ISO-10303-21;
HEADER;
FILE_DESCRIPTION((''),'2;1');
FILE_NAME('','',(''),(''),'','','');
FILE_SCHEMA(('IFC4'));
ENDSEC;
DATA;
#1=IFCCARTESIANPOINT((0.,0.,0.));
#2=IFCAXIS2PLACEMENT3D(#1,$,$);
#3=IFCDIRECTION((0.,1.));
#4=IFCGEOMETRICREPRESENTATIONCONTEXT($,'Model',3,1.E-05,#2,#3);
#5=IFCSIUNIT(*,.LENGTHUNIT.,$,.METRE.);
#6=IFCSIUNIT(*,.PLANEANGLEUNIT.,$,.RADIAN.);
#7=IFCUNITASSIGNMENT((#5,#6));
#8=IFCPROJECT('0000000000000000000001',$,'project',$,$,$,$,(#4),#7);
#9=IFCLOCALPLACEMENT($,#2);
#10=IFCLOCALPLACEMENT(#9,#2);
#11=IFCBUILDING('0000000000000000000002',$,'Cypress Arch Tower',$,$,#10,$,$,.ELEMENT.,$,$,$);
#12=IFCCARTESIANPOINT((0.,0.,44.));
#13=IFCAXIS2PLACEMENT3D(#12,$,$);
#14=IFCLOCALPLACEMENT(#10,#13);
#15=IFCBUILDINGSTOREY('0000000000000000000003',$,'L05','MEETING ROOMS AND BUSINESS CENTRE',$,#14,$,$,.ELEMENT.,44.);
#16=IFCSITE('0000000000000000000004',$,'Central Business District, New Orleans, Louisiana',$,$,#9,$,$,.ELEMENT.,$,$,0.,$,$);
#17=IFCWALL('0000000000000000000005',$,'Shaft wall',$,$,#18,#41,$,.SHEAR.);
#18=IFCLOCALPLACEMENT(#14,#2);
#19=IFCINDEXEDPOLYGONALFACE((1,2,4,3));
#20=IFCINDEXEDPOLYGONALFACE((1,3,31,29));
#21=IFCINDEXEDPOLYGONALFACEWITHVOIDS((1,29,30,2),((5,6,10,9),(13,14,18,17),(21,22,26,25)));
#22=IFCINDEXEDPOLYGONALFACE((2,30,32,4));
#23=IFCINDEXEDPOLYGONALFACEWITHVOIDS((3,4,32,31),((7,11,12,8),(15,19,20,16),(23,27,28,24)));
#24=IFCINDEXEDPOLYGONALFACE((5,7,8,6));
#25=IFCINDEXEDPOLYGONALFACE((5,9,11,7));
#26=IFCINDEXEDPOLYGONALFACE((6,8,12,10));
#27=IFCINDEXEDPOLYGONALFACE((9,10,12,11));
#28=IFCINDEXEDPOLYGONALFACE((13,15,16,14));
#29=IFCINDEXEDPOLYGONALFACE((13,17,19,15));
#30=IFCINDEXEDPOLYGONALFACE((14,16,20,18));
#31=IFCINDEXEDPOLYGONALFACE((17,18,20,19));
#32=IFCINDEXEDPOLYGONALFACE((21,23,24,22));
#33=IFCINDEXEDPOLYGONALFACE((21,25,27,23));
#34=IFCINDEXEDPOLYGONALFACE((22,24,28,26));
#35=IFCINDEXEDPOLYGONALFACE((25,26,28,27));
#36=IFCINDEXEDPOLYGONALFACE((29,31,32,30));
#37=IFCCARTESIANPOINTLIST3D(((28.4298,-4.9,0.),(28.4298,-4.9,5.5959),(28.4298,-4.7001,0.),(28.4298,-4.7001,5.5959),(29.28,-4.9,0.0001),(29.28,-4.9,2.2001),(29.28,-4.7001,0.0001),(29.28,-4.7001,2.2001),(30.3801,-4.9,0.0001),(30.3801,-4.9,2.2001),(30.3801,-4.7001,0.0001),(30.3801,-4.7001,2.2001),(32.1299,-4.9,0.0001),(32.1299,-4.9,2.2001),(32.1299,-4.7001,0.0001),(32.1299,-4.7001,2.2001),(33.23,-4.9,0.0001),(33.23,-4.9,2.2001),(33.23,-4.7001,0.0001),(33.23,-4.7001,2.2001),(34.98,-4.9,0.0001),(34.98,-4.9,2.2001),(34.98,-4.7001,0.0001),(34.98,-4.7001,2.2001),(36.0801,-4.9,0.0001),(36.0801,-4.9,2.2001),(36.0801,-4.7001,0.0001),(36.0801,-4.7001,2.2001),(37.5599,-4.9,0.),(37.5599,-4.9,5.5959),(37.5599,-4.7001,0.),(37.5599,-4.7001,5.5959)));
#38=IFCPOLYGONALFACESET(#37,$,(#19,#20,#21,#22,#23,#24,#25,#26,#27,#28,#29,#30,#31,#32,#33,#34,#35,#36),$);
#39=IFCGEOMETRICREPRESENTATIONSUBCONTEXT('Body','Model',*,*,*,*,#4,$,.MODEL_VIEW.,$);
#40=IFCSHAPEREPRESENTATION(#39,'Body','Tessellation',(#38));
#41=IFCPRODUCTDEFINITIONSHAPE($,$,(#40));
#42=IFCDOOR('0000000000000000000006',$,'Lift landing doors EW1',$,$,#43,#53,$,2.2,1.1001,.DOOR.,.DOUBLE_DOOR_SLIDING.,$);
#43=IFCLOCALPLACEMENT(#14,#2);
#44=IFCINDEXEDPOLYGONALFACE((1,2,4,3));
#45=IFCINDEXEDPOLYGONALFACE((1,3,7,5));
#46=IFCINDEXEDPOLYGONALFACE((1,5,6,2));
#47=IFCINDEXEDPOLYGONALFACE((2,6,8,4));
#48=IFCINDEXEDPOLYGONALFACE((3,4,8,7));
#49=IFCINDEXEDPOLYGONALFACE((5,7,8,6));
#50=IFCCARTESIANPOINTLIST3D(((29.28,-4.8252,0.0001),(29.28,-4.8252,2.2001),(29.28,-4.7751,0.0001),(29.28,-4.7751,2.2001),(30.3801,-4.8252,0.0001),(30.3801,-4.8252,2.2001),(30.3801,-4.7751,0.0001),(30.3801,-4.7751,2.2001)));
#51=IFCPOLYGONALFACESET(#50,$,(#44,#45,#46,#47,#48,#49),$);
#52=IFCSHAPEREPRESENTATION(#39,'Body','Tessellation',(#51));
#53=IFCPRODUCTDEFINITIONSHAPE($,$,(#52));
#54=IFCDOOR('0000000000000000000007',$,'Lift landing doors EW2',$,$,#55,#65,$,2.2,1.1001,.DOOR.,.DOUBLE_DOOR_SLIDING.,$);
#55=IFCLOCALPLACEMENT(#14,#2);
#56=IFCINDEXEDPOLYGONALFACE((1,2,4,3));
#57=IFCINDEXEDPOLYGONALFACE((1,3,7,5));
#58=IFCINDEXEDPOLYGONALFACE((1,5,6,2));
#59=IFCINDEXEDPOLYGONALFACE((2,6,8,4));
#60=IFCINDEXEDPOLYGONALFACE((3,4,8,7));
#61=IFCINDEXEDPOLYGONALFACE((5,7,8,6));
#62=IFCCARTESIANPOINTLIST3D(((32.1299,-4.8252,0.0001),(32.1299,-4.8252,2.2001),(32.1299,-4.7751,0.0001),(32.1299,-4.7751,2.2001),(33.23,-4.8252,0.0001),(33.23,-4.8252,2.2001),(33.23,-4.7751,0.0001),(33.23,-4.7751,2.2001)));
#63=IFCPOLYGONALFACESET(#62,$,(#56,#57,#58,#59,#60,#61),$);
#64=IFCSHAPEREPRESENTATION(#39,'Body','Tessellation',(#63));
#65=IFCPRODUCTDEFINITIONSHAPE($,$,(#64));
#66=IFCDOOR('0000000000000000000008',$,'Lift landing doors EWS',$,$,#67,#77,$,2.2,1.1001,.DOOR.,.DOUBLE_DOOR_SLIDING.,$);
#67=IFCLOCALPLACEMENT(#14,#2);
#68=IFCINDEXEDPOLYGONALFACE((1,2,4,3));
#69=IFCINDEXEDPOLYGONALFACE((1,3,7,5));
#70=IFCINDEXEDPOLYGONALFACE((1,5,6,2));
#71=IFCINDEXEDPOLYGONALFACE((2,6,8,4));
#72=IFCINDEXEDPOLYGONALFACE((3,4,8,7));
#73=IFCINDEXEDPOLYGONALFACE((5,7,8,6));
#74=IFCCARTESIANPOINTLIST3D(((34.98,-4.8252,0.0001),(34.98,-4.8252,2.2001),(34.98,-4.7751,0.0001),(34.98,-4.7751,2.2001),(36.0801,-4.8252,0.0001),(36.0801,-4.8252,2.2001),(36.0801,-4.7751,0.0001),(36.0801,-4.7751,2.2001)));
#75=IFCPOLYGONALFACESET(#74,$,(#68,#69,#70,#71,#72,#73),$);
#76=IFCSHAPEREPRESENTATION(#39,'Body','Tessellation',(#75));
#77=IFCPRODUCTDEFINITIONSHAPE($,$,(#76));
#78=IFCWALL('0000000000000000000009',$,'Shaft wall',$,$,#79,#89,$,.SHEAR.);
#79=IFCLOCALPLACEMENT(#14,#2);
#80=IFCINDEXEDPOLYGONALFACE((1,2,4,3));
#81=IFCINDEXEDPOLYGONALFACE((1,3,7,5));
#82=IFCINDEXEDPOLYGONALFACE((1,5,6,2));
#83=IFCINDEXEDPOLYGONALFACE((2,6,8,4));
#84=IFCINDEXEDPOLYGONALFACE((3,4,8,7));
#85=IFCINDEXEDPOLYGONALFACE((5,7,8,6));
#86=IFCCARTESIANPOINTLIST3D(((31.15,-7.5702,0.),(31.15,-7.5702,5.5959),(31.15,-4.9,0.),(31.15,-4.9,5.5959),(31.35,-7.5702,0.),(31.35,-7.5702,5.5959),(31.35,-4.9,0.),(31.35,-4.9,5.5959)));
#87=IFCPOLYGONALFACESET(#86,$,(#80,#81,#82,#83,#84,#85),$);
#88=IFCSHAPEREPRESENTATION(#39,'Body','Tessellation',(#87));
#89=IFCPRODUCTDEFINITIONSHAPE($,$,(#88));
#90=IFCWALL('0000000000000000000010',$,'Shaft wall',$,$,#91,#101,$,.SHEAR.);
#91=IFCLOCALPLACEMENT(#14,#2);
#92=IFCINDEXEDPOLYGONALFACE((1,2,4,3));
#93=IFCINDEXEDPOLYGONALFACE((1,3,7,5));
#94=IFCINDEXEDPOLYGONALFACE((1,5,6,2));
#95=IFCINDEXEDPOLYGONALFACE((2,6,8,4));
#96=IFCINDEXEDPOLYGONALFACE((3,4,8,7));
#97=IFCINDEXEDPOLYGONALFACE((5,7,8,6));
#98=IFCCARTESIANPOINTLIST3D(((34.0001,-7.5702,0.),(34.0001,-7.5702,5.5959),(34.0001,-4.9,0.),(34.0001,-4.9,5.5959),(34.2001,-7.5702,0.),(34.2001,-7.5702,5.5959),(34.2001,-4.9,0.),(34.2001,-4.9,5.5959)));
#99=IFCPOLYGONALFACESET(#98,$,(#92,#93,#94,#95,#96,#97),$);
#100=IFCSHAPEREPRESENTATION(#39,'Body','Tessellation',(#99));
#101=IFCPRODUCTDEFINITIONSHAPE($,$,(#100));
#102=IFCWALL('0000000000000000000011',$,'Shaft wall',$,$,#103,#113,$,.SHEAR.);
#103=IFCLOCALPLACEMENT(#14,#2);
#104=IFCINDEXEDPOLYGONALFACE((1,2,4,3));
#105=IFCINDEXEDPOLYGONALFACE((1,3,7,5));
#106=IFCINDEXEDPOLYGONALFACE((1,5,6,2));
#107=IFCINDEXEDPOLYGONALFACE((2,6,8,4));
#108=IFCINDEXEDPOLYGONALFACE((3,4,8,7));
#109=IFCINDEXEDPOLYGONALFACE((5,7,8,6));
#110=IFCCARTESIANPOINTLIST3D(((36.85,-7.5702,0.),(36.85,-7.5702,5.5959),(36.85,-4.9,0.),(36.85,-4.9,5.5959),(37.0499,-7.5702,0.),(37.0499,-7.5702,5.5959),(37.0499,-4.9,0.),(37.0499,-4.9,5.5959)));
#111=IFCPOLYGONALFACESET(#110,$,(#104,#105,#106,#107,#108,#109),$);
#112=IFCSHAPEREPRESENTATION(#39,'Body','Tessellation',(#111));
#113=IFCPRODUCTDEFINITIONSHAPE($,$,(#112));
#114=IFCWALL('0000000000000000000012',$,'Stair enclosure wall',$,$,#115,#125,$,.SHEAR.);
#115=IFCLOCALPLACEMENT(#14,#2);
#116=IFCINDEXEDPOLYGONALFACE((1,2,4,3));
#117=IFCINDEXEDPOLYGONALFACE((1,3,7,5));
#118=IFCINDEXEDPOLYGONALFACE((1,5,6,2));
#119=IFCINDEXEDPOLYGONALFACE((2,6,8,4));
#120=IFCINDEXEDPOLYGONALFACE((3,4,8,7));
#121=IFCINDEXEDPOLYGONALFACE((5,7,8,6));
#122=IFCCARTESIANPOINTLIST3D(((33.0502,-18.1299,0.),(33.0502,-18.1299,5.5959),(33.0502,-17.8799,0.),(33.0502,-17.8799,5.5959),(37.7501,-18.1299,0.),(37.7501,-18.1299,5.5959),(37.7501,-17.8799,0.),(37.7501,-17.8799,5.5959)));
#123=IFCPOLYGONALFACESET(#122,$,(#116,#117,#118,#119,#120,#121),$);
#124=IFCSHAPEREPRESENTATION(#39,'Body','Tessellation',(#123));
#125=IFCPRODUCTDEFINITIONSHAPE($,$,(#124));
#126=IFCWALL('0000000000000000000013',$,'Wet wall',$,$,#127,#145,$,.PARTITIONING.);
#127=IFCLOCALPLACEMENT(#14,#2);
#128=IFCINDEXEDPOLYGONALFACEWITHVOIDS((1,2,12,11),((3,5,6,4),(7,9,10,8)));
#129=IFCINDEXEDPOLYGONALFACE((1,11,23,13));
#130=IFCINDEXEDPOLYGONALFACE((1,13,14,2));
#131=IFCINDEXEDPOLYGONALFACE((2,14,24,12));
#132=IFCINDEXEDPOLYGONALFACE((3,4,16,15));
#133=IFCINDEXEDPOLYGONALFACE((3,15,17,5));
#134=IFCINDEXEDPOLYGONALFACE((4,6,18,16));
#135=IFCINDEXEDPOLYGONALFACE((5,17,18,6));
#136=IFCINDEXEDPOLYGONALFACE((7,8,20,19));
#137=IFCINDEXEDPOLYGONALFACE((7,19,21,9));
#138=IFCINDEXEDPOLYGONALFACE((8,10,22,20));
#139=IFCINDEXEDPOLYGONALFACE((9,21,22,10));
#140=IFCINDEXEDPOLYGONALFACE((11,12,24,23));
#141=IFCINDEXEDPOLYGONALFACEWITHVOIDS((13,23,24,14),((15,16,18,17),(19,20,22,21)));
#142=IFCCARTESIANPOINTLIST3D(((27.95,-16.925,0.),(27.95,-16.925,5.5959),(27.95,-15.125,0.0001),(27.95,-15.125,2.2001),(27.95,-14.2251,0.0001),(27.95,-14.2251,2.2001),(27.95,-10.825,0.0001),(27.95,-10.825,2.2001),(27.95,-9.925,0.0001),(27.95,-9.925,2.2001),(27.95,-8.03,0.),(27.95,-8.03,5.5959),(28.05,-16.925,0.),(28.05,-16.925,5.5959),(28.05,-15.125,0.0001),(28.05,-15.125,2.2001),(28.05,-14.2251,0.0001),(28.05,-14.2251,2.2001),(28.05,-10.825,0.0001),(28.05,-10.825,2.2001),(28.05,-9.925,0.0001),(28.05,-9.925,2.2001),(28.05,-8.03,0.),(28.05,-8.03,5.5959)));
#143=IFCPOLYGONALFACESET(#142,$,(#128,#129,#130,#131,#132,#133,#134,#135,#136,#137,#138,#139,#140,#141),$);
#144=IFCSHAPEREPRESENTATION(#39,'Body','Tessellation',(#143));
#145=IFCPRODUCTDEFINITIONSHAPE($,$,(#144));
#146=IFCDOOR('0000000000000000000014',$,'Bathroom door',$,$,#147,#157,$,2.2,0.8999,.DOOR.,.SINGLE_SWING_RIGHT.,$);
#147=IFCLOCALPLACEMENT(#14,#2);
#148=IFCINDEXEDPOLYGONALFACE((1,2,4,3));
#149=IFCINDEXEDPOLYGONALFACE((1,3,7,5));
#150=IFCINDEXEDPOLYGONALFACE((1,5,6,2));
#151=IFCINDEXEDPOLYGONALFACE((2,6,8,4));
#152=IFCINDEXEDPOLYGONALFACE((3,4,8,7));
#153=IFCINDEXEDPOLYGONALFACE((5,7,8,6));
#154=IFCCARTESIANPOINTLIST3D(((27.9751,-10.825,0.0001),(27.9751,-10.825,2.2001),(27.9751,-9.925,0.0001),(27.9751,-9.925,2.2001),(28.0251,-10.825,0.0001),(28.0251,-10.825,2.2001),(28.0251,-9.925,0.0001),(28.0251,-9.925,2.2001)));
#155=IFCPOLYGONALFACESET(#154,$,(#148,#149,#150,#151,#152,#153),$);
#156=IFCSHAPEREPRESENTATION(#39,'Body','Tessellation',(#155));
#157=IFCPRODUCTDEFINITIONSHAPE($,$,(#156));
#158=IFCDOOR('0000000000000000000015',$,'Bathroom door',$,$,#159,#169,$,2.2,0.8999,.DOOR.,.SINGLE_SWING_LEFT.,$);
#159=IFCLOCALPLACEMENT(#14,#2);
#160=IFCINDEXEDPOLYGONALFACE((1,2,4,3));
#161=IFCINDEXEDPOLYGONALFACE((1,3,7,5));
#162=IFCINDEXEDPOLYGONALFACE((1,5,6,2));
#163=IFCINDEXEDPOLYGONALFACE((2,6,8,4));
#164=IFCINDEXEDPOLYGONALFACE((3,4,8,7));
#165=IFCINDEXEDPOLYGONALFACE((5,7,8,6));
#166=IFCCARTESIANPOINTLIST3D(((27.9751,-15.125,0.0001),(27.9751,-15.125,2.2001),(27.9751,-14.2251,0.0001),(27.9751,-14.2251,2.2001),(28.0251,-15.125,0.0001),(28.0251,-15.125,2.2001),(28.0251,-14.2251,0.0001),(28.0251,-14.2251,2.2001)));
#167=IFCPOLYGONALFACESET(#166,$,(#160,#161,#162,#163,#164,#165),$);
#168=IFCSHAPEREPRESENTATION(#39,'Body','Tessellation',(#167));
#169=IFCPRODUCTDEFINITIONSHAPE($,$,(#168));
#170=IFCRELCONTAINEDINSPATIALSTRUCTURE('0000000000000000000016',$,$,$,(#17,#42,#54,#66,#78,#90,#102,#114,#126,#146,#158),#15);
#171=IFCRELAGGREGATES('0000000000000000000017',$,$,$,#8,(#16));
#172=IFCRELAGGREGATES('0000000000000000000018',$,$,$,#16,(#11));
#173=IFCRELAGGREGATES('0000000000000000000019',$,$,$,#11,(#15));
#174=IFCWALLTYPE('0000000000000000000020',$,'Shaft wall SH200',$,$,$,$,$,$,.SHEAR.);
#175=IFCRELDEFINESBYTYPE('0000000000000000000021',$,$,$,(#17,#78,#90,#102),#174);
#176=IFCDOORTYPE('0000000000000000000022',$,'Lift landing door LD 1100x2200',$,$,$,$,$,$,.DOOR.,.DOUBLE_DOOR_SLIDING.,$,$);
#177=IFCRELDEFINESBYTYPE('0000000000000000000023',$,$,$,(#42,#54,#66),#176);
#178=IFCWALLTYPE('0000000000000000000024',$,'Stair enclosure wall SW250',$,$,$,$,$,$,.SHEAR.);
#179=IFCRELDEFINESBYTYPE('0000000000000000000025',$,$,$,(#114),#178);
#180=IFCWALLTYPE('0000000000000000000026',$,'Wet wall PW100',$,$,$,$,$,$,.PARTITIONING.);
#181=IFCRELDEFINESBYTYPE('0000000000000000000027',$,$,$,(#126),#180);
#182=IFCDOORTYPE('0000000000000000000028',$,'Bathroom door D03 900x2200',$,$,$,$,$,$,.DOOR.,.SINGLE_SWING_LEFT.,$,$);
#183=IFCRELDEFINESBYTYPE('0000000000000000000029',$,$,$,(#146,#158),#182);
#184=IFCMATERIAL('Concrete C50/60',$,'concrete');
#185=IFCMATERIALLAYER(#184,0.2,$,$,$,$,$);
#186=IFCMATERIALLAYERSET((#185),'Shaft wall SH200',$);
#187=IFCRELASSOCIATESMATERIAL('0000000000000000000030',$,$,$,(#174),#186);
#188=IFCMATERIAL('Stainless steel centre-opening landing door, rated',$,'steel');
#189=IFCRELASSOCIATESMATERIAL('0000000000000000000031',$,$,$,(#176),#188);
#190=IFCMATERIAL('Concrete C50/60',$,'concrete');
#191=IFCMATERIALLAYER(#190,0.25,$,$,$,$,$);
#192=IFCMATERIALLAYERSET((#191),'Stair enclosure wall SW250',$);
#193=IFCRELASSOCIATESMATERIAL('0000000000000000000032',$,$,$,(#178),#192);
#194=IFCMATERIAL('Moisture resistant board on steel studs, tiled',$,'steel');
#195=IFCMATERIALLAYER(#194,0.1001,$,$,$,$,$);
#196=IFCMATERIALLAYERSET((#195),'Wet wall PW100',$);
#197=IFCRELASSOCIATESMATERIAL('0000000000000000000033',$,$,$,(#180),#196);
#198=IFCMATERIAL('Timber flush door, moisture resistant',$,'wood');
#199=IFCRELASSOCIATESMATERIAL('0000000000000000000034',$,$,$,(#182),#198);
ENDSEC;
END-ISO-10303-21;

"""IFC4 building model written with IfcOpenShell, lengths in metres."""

from ifc_helpers import new_model, si_unit, direction, frame, frame_2d, origin, place, context, subcontext, project, spatial, rectangle, extrude, material, layer, layer_set, type_object, element, fill, save


model = new_model("IFC4")

# Units and contexts
model_context = context("Model", 3, precision=1e-05, world=origin(), true_north=direction((0.0, 1.0)))
body_context = subcontext(model_context, "Body", "Model", "MODEL_VIEW")
ifc_project = project(units=[si_unit("LENGTHUNIT", "METRE"), si_unit("PLANEANGLEUNIT", "RADIAN")], contexts=[model_context])

# Site, building, storey
site_placement = place(None, origin())
site = spatial("IfcSite", under=ifc_project, at=site_placement, Name="Central Business District, New Orleans, Louisiana", CompositionType="ELEMENT", RefElevation=0.0)
building_placement = place(site_placement, origin())
building = spatial("IfcBuilding", under=site, at=building_placement, Name="Cypress Arch Tower", CompositionType="ELEMENT")
storey_placement = place(building_placement, frame((0.0, 0.0, 44.0)))
storey = spatial("IfcBuildingStorey", under=building, at=storey_placement, Name="L05", Description="MEETING ROOMS AND BUSINESS CENTRE", CompositionType="ELEMENT", Elevation=44.0)

# Wall, openings, doors
ifc_material_1 = material(Name="Concrete C50/60", Category="concrete")
ifc_layer_1 = layer(ifc_material_1, 0.2)
ifc_layer_set_1 = layer_set([ifc_layer_1], Name="Shaft wall SH200")
wall_type_1 = type_object("IfcWallType", Name="Shaft wall SH200", PredefinedType="SHEAR", material=ifc_layer_set_1)
wall_1_placement = place(storey_placement, frame((28.4299, -4.8, 0.0), z_axis=(0.0, 0.0, 1.0), x_axis=(1.0, 0.0, 0.0)))
wall_1 = element("IfcWall", 1, at=wall_1_placement, inside=storey, type_object=wall_type_1, Name="Shaft wall", PredefinedType="SHEAR", context=body_context, shape_type="SweptSolid", body=[
    extrude(rectangle(XDim=9.1301, YDim=0.2, at=frame_2d((4.5649, 0.0))), origin(), (0.0, 0.0, 1.0), 5.5959),
])
opening_1_placement = place(wall_1_placement, frame((0.8501, 0.0, 0.0)))
opening_1 = element("IfcOpeningElement", 2, at=opening_1_placement, cuts=wall_1, PredefinedType="OPENING", context=body_context, shape_type="SweptSolid", body=[
    extrude(rectangle(XDim=1.1001, YDim=2.2, at=frame_2d((0.55, 1.1001))), frame((0.0, 0.1099, 0.0), z_axis=(0.0, -1.0, 0.0), x_axis=(1.0, 0.0, 0.0)), (0.0, 0.0, 1.0), 0.22),
])
opening_2_placement = place(wall_1_placement, frame((3.7, 0.0, 0.0)))
opening_2 = element("IfcOpeningElement", 3, at=opening_2_placement, cuts=wall_1, PredefinedType="OPENING", context=body_context, shape_type="SweptSolid", body=[
    extrude(rectangle(XDim=1.1001, YDim=2.2, at=frame_2d((0.55, 1.1001))), frame((0.0, 0.1099, 0.0), z_axis=(0.0, -1.0, 0.0), x_axis=(1.0, 0.0, 0.0)), (0.0, 0.0, 1.0), 0.22),
])
opening_3_placement = place(wall_1_placement, frame((6.55, 0.0, 0.0)))
opening_3 = element("IfcOpeningElement", 4, at=opening_3_placement, cuts=wall_1, PredefinedType="OPENING", context=body_context, shape_type="SweptSolid", body=[
    extrude(rectangle(XDim=1.1001, YDim=2.2, at=frame_2d((0.55, 1.1001))), frame((0.0, 0.1099, 0.0), z_axis=(0.0, -1.0, 0.0), x_axis=(1.0, 0.0, 0.0)), (0.0, 0.0, 1.0), 0.22),
])
ifc_material_2 = material(Name="Stainless steel centre-opening landing door, rated", Category="steel")
door_type_1 = type_object("IfcDoorType", Name="Lift landing door LD 1100x2200", OperationType="DOUBLE_DOOR_SLIDING", PredefinedType="DOOR", material=ifc_material_2)
door_1_placement = place(opening_1_placement, origin())
door_1 = element("IfcDoor", 5, at=door_1_placement, inside=storey, type_object=door_type_1, Name="Lift landing doors EW1", OperationType="DOUBLE_DOOR_SLIDING", OverallHeight=2.2, OverallWidth=1.1001, PredefinedType="DOOR", context=body_context, shape_type="SweptSolid", body=[
    extrude(rectangle(XDim=1.1001, YDim=2.2, at=frame_2d((0.55, 1.1001))), frame((0.0, 0.0249, 0.0), z_axis=(0.0, -1.0, 0.0), x_axis=(1.0, 0.0, 0.0)), (0.0, 0.0, 1.0), 0.05),
])
fill(opening_1, door_1)
door_2_placement = place(opening_2_placement, origin())
door_2 = element("IfcDoor", 6, at=door_2_placement, inside=storey, type_object=door_type_1, Name="Lift landing doors EW2", OperationType="DOUBLE_DOOR_SLIDING", OverallHeight=2.2, OverallWidth=1.1001, PredefinedType="DOOR", context=body_context, shape_type="SweptSolid", body=[
    extrude(rectangle(XDim=1.1001, YDim=2.2, at=frame_2d((0.55, 1.1001))), frame((0.0, 0.0249, 0.0), z_axis=(0.0, -1.0, 0.0), x_axis=(1.0, 0.0, 0.0)), (0.0, 0.0, 1.0), 0.05),
])
fill(opening_2, door_2)
door_3_placement = place(opening_3_placement, origin())
door_3 = element("IfcDoor", 7, at=door_3_placement, inside=storey, type_object=door_type_1, Name="Lift landing doors EWS", OperationType="DOUBLE_DOOR_SLIDING", OverallHeight=2.2, OverallWidth=1.1001, PredefinedType="DOOR", context=body_context, shape_type="SweptSolid", body=[
    extrude(rectangle(XDim=1.1001, YDim=2.2, at=frame_2d((0.55, 1.1001))), frame((0.0, 0.0249, 0.0), z_axis=(0.0, -1.0, 0.0), x_axis=(1.0, 0.0, 0.0)), (0.0, 0.0, 1.0), 0.05),
])
fill(opening_3, door_3)

# Walls
for number, where, z_axis, x_axis, name in (
    (8, (31.25, -7.5701, 0.0), (0.0, 0.0, 1.0), (0.0, 1.0, 0.0), "Shaft wall"),
    (9, (34.1001, -7.5701, 0.0), (0.0, 0.0, 1.0), (0.0, 1.0, 0.0), "Shaft wall"),
    (10, (36.95, -7.5701, 0.0), (0.0, 0.0, 1.0), (0.0, 1.0, 0.0), "Shaft wall"),
):
    element("IfcWall", number, at=place(storey_placement, frame(where, z_axis=z_axis, x_axis=x_axis)), inside=storey, type_object=wall_type_1, Name=name, PredefinedType="SHEAR", context=body_context, shape_type="SweptSolid", body=[
        extrude(rectangle(XDim=2.6702, YDim=0.2, at=frame_2d((1.335, 0.0))), origin(), (0.0, 0.0, 1.0), 5.5959),
    ])
ifc_material_3 = material(Name="Concrete C50/60", Category="concrete")
ifc_layer_2 = layer(ifc_material_3, 0.25)
ifc_layer_set_2 = layer_set([ifc_layer_2], Name="Stair enclosure wall SW250")
wall_type_2 = type_object("IfcWallType", Name="Stair enclosure wall SW250", PredefinedType="SHEAR", material=ifc_layer_set_2)
wall_2_placement = place(storey_placement, frame((33.05, -18.0049, 0.0), z_axis=(0.0, 0.0, 1.0), x_axis=(1.0, 0.0, 0.0)))
element("IfcWall", 11, at=wall_2_placement, inside=storey, type_object=wall_type_2, Name="Stair enclosure wall", PredefinedType="SHEAR", context=body_context, shape_type="SweptSolid", body=[
    extrude(rectangle(XDim=4.7, YDim=0.25, at=frame_2d((2.3501, 0.0))), origin(), (0.0, 0.0, 1.0), 5.5959),
])

# Wall, openings, doors
ifc_material_4 = material(Name="Moisture resistant board on steel studs, tiled", Category="steel")
ifc_layer_3 = layer(ifc_material_4, 0.1001)
ifc_layer_set_3 = layer_set([ifc_layer_3], Name="Wet wall PW100")
wall_type_3 = type_object("IfcWallType", Name="Wet wall PW100", PredefinedType="PARTITIONING", material=ifc_layer_set_3)
wall_3_placement = place(storey_placement, frame((28.0, -16.925, 0.0), z_axis=(0.0, 0.0, 1.0), x_axis=(0.0, 1.0, 0.0)))
wall_3 = element("IfcWall", 12, at=wall_3_placement, inside=storey, type_object=wall_type_3, Name="Wet wall", PredefinedType="PARTITIONING", context=body_context, shape_type="SweptSolid", body=[
    extrude(rectangle(XDim=8.895, YDim=0.1001, at=frame_2d((4.4475, 0.0))), origin(), (0.0, 0.0, 1.0), 5.5959),
])
opening_4_placement = place(wall_3_placement, frame((6.1001, 0.0, 0.0)))
opening_4 = element("IfcOpeningElement", 13, at=opening_4_placement, cuts=wall_3, PredefinedType="OPENING", context=body_context, shape_type="SweptSolid", body=[
    extrude(rectangle(XDim=0.8999, YDim=2.2, at=frame_2d((0.45, 1.1001))), frame((0.0, 0.0601, 0.0), z_axis=(0.0, -1.0, 0.0), x_axis=(1.0, 0.0, 0.0)), (0.0, 0.0, 1.0), 0.1201),
])
opening_5_placement = place(wall_3_placement, frame((1.8, 0.0, 0.0)))
opening_5 = element("IfcOpeningElement", 14, at=opening_5_placement, cuts=wall_3, PredefinedType="OPENING", context=body_context, shape_type="SweptSolid", body=[
    extrude(rectangle(XDim=0.8999, YDim=2.2, at=frame_2d((0.45, 1.1001))), frame((0.0, 0.0601, 0.0), z_axis=(0.0, -1.0, 0.0), x_axis=(1.0, 0.0, 0.0)), (0.0, 0.0, 1.0), 0.1201),
])
ifc_material_5 = material(Name="Timber flush door, moisture resistant", Category="wood")
door_type_2 = type_object("IfcDoorType", Name="Bathroom door D03 900x2200", OperationType="SINGLE_SWING_LEFT", PredefinedType="DOOR", material=ifc_material_5)
door_4_placement = place(opening_4_placement, origin())
door_4 = element("IfcDoor", 15, at=door_4_placement, inside=storey, type_object=door_type_2, Name="Bathroom door", OperationType="SINGLE_SWING_RIGHT", OverallHeight=2.2, OverallWidth=0.8999, PredefinedType="DOOR", context=body_context, shape_type="SweptSolid", body=[
    extrude(rectangle(XDim=0.8999, YDim=2.2, at=frame_2d((0.45, 1.1001))), frame((0.0, 0.0249, 0.0), z_axis=(0.0, -1.0, 0.0), x_axis=(1.0, 0.0, 0.0)), (0.0, 0.0, 1.0), 0.05),
])
fill(opening_4, door_4)
door_5_placement = place(opening_5_placement, origin())
door_5 = element("IfcDoor", 16, at=door_5_placement, inside=storey, type_object=door_type_2, Name="Bathroom door", OperationType="SINGLE_SWING_LEFT", OverallHeight=2.2, OverallWidth=0.8999, PredefinedType="DOOR", context=body_context, shape_type="SweptSolid", body=[
    extrude(rectangle(XDim=0.8999, YDim=2.2, at=frame_2d((0.45, 1.1001))), frame((0.0, 0.0249, 0.0), z_axis=(0.0, -1.0, 0.0), x_axis=(1.0, 0.0, 0.0)), (0.0, 0.0, 1.0), 0.05),
])
fill(opening_5, door_5)

save(model, "model.ifc")
